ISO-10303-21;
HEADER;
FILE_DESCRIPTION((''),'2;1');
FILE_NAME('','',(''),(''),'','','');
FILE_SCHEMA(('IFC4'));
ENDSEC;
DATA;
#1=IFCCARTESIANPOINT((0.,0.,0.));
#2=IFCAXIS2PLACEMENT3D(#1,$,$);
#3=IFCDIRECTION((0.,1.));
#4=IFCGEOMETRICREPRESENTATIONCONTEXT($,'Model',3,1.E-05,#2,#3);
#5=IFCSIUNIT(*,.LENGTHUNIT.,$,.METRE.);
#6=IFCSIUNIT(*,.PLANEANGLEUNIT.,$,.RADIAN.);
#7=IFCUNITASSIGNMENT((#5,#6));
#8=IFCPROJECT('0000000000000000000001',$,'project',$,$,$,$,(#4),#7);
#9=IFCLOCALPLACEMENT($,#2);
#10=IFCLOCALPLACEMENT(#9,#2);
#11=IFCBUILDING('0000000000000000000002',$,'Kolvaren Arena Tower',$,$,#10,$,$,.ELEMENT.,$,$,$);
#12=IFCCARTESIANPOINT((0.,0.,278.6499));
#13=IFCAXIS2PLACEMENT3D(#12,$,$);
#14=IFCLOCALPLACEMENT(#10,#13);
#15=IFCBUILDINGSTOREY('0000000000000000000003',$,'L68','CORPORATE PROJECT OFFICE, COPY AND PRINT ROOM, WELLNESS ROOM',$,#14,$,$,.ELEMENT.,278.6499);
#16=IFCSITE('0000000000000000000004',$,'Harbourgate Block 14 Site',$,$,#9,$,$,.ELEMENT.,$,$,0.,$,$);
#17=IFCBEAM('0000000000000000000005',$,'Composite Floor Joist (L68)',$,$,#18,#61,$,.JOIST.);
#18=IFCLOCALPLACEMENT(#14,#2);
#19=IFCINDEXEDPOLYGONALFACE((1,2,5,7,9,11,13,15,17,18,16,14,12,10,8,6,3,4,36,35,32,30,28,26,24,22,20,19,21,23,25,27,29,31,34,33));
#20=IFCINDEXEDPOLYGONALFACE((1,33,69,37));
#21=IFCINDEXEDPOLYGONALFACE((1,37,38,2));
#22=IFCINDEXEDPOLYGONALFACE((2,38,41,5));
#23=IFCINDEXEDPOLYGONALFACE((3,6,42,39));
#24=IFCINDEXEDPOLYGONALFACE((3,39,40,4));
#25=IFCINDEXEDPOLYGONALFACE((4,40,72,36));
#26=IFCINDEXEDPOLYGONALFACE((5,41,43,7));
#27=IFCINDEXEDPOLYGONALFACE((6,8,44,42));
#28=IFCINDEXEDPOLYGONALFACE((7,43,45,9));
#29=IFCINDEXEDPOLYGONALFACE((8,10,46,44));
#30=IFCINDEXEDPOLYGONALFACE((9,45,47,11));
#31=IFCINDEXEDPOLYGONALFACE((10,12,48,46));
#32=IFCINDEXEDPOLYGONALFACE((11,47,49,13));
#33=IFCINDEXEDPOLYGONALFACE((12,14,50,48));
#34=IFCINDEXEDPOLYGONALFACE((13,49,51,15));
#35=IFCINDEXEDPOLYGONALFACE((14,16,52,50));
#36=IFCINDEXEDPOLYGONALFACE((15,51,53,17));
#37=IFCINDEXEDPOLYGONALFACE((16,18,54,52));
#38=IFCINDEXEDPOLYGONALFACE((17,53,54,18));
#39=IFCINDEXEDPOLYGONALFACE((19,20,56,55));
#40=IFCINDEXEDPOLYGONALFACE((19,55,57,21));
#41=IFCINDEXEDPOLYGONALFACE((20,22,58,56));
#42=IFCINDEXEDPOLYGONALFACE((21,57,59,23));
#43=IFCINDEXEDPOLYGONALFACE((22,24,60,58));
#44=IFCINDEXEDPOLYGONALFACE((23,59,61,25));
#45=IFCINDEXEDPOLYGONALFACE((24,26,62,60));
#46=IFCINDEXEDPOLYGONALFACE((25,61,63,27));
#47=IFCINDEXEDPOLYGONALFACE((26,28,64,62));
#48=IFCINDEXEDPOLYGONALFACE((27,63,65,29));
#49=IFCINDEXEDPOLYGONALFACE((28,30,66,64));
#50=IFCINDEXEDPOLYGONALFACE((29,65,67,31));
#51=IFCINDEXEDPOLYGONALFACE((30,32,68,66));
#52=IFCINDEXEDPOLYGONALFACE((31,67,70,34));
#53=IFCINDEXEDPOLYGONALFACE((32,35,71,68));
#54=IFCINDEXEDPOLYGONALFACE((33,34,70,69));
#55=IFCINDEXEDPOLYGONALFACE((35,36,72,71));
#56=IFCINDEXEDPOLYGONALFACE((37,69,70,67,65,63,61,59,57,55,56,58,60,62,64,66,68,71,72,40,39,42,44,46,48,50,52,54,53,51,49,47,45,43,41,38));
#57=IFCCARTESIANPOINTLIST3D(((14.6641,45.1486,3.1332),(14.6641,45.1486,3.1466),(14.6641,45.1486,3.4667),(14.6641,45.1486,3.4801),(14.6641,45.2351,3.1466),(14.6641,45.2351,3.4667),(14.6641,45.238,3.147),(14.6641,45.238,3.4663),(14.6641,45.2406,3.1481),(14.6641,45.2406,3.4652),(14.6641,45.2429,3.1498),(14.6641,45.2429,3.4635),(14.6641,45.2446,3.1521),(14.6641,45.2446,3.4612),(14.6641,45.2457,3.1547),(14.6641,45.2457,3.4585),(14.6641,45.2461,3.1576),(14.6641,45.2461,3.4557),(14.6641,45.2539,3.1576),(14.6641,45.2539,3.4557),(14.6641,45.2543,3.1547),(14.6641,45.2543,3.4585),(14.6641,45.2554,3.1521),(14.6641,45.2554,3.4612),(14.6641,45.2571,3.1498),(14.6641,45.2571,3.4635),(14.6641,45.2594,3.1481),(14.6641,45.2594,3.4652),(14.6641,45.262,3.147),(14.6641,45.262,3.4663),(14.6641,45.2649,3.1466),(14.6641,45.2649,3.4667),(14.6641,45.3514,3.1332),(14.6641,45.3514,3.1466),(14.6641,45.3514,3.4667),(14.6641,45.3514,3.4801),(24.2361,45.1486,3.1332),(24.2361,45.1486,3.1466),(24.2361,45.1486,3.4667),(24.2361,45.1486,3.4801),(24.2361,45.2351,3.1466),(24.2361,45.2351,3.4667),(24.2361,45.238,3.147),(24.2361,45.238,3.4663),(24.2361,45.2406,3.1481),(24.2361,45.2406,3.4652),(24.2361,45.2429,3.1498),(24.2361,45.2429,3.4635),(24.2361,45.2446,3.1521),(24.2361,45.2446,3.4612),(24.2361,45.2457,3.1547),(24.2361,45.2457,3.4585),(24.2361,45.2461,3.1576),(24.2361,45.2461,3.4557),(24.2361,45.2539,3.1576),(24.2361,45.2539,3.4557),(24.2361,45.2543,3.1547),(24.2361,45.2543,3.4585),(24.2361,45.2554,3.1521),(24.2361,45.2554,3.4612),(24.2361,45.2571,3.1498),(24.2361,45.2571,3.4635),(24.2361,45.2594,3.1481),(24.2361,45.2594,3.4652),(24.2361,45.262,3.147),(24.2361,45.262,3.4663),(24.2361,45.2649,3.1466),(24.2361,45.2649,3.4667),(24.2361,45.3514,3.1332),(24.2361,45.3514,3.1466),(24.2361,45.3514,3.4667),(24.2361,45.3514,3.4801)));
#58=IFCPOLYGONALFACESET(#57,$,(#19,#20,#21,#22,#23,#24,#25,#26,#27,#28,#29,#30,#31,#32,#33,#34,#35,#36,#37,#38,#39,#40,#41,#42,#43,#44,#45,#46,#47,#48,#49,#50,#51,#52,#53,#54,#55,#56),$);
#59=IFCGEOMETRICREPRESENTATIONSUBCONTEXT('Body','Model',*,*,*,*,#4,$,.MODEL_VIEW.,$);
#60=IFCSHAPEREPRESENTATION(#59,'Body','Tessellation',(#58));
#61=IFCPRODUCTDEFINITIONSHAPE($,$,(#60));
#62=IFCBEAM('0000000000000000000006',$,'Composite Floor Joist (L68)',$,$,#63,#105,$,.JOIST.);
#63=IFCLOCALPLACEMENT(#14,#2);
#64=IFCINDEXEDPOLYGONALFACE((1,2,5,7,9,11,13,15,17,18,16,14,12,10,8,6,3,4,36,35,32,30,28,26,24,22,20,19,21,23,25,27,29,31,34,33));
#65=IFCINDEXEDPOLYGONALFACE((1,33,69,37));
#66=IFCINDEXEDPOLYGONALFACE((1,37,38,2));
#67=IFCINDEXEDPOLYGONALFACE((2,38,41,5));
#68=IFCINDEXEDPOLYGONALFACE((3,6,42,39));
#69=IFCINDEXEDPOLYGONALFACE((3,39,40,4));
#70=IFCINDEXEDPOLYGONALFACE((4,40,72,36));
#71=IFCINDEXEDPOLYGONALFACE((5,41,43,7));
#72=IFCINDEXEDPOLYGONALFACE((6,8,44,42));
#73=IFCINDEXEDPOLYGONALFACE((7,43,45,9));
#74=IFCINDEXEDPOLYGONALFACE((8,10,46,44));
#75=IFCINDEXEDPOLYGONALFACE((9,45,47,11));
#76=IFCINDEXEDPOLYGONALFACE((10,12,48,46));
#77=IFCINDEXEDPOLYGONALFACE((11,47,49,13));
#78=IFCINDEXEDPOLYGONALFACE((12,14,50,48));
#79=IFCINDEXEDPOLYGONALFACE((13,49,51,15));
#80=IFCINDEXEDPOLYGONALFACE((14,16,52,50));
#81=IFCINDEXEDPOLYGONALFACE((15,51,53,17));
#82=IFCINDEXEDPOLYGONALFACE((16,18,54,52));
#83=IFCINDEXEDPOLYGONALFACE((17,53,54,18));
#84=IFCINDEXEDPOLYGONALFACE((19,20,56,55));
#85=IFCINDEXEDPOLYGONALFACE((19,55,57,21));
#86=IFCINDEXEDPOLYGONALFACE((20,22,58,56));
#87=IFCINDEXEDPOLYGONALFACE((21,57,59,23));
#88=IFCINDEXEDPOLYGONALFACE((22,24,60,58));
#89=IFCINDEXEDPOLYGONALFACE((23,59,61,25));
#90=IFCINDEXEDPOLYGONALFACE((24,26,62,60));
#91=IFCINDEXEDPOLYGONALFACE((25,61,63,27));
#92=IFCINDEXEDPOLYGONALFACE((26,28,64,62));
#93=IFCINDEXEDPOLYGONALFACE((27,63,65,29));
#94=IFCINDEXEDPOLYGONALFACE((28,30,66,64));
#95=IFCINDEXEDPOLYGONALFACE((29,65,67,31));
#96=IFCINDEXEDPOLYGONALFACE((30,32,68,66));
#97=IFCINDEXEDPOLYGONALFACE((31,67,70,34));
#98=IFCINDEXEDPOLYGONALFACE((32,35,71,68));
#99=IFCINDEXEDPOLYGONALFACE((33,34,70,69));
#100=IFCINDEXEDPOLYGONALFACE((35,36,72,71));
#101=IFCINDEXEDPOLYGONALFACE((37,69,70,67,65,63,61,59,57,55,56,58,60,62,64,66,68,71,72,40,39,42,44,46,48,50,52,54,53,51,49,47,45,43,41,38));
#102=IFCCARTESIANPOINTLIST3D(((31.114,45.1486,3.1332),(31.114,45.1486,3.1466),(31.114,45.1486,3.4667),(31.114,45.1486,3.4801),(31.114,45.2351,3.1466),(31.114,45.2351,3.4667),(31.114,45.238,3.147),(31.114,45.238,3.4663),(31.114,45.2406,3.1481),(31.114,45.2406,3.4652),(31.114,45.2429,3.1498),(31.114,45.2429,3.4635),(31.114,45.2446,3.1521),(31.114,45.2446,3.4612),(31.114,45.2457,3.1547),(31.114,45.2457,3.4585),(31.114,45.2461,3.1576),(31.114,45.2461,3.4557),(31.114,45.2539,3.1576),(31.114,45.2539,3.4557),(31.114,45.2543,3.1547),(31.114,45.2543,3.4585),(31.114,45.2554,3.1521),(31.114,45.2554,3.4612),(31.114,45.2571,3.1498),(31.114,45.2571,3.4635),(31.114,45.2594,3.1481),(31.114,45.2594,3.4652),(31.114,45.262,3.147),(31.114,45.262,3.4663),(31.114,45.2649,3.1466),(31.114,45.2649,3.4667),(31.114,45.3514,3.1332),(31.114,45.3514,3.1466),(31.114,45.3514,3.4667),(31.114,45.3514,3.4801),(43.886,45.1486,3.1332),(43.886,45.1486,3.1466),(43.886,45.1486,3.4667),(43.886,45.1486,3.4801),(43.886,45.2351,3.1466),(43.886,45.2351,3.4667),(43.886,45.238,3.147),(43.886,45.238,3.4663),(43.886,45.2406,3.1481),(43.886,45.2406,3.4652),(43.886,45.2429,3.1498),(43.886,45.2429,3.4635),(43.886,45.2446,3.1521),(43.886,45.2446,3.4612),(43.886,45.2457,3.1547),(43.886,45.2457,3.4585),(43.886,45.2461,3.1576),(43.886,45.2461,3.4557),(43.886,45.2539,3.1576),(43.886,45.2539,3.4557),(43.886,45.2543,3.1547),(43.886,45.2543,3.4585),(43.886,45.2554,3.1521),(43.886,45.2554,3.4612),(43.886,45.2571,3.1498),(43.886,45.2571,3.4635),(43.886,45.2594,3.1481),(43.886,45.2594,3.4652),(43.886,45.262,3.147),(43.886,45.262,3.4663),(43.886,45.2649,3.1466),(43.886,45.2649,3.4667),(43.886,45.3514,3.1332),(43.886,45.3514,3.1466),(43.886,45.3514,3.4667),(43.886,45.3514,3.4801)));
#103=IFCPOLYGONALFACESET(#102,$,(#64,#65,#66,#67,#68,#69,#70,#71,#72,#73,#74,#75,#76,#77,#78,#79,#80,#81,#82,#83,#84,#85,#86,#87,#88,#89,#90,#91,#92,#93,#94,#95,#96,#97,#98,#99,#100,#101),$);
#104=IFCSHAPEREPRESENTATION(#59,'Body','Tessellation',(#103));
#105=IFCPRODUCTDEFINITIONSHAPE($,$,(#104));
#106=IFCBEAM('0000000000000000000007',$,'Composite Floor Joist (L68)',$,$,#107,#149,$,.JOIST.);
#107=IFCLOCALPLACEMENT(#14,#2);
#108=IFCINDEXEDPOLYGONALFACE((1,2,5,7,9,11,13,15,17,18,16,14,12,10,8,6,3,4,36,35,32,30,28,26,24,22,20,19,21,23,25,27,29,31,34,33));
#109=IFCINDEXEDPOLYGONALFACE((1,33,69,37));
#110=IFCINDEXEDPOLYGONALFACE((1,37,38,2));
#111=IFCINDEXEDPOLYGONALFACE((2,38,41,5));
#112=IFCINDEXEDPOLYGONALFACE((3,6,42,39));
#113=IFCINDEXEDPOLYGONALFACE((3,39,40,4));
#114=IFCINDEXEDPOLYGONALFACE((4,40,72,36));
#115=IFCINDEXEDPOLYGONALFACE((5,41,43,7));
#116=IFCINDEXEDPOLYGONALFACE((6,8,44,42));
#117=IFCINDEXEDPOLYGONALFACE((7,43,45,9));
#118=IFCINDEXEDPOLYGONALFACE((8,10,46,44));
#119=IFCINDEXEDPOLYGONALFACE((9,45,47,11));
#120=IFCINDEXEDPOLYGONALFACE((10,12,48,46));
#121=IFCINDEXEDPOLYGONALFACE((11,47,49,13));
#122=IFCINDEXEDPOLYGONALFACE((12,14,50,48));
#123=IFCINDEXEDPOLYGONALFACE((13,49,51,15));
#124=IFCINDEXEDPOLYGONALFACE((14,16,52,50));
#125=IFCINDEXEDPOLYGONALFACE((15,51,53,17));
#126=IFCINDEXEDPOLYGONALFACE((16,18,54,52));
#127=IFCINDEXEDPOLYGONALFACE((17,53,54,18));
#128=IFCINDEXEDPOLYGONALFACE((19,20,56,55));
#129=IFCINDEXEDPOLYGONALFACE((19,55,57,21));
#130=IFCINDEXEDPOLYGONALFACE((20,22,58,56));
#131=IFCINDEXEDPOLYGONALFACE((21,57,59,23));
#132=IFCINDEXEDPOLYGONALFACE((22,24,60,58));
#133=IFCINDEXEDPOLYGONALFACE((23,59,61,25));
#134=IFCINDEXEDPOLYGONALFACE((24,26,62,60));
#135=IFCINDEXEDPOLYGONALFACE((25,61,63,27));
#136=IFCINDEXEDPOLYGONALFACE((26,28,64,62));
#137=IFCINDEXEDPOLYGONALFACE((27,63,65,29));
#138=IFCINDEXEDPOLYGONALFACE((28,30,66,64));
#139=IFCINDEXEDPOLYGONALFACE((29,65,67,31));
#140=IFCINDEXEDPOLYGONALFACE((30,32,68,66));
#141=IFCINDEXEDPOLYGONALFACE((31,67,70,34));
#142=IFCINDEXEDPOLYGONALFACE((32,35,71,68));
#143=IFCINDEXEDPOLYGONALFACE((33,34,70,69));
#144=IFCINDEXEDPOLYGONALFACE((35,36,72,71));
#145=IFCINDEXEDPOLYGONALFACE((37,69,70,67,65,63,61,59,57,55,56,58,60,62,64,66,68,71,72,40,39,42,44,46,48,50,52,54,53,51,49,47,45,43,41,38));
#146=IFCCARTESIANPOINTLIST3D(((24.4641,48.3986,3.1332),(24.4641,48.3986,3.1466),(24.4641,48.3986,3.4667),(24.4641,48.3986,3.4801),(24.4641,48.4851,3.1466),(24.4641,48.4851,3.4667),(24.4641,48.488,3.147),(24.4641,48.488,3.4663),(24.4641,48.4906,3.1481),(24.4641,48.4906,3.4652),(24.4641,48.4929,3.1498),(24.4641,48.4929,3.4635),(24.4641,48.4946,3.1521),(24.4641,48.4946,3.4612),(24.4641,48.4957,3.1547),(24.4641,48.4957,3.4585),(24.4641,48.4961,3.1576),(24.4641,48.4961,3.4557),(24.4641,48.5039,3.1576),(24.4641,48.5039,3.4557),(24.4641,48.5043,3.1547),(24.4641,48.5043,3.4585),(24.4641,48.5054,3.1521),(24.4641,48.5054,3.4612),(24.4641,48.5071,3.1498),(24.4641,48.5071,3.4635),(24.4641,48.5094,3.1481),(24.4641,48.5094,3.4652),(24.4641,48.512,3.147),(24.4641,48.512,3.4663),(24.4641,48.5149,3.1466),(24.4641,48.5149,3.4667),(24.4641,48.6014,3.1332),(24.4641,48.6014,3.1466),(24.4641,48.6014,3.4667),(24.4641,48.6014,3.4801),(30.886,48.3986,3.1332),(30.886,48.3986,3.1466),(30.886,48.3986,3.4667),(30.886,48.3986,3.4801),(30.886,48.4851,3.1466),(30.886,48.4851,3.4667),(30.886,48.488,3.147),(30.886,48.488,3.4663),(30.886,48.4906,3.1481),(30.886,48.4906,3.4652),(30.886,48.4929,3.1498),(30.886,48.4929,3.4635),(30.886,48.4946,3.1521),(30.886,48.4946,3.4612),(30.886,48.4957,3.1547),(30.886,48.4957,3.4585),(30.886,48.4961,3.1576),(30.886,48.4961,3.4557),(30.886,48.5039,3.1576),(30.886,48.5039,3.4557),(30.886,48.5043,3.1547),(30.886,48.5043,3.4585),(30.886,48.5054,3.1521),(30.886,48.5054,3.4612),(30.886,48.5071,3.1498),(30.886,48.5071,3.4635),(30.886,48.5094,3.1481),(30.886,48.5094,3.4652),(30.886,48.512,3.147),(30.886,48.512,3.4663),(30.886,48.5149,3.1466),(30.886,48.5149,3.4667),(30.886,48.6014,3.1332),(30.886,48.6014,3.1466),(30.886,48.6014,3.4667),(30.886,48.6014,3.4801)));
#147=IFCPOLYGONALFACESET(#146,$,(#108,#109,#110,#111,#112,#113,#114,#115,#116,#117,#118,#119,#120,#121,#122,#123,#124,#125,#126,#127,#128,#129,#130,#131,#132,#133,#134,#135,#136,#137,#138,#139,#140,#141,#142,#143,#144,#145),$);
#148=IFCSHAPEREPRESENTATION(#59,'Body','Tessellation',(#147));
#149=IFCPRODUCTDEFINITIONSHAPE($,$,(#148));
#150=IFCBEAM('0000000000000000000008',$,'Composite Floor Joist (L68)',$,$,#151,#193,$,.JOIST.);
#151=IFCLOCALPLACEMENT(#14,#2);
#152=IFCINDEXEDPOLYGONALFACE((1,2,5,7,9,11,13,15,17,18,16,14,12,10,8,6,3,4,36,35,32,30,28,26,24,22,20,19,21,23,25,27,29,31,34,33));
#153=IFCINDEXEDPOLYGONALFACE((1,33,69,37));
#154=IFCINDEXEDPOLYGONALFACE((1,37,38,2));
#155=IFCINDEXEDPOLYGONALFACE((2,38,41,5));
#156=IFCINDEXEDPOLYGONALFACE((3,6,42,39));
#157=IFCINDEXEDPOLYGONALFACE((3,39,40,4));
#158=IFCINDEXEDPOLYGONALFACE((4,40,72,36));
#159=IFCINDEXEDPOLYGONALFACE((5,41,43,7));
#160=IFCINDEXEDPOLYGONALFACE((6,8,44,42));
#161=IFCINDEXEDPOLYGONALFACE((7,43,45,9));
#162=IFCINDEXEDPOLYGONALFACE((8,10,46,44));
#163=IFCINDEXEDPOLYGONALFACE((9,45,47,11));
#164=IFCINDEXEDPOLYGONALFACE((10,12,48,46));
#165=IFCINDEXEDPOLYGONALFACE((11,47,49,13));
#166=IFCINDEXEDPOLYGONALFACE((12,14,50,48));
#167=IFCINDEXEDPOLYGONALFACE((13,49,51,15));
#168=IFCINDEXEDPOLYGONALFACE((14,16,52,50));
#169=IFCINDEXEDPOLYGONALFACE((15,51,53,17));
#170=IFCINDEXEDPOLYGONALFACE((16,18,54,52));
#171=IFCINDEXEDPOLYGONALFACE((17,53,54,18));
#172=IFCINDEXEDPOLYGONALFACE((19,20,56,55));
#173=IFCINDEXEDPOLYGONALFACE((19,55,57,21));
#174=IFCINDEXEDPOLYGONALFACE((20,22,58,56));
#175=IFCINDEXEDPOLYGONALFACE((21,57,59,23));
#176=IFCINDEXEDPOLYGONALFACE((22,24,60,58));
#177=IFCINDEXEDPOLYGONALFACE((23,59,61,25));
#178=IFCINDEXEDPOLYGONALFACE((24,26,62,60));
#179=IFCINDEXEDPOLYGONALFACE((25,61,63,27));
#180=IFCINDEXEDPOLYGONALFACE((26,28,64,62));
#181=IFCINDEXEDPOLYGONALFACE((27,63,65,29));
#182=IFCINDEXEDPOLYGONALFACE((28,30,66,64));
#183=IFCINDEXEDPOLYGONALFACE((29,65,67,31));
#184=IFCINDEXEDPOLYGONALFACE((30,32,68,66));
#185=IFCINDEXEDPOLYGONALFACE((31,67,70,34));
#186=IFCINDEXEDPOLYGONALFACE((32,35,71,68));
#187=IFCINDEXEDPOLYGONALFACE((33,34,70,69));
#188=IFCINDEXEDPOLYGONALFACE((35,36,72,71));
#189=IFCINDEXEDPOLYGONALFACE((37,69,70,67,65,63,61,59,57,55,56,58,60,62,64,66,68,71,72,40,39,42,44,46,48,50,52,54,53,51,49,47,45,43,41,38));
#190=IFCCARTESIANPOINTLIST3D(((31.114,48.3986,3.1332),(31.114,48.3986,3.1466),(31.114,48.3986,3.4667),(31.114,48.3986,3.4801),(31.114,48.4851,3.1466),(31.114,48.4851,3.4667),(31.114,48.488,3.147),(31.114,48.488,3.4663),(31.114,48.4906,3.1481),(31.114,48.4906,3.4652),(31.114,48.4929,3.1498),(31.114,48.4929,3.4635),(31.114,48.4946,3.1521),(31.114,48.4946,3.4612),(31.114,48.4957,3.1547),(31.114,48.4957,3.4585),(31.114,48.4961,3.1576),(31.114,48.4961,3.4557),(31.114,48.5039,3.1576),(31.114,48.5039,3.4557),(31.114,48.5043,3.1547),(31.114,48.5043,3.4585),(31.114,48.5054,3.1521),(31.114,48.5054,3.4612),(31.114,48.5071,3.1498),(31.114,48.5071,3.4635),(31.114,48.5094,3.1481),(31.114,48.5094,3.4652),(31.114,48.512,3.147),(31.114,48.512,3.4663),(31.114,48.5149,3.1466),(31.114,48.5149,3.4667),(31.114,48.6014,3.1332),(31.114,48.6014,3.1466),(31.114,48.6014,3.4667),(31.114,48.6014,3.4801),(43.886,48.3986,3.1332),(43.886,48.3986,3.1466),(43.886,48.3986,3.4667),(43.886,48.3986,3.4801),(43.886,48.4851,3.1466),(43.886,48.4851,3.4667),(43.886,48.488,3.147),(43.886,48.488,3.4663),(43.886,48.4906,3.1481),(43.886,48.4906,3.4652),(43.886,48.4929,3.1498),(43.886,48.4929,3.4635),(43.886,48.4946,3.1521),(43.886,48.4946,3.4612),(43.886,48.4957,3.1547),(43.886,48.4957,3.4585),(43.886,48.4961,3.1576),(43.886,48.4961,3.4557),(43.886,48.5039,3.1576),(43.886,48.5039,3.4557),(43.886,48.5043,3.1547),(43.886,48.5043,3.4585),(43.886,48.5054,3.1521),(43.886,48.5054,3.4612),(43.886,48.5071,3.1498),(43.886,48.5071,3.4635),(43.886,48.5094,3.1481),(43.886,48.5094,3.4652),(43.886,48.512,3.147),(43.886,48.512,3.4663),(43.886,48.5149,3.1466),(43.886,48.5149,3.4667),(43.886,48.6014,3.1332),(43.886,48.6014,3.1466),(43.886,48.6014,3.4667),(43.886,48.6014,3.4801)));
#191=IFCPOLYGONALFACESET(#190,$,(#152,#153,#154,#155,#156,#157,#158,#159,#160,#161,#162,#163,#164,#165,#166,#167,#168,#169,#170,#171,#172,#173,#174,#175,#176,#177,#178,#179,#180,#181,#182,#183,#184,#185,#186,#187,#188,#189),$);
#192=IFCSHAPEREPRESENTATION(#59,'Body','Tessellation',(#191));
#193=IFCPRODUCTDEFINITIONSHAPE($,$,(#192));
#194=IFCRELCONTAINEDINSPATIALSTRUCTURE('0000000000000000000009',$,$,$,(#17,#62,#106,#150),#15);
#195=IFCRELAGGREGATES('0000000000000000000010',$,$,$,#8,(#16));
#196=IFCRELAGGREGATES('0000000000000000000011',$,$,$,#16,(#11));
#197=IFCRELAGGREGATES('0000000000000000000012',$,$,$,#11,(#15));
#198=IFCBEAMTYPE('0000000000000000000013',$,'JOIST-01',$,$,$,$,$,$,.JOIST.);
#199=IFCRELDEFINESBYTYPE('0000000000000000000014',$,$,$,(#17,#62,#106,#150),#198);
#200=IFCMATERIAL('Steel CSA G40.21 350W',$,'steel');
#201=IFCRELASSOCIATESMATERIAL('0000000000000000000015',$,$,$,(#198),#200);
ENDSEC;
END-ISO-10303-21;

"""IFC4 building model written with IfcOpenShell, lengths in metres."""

from ifc_helpers import new_model, si_unit, direction, frame, origin, origin_2d, place, context, subcontext, project, spatial, i_section, extrude, material, material_profile, profile_set, type_object, element, save


model = new_model("IFC4")

# Units and contexts
model_context = context("Model", 3, precision=1e-05, world=origin(), true_north=direction((0.0, 1.0)))
body_context = subcontext(model_context, "Body", "Model", "MODEL_VIEW")
ifc_project = project(units=[si_unit("LENGTHUNIT", "METRE"), si_unit("PLANEANGLEUNIT", "RADIAN")], contexts=[model_context])

# Site, building, storey
site_placement = place(None, origin())
site = spatial("IfcSite", under=ifc_project, at=site_placement, Name="Harbourgate Block 14 Site", CompositionType="ELEMENT", RefElevation=0.0)
building_placement = place(site_placement, origin())
building = spatial("IfcBuilding", under=site, at=building_placement, Name="Kolvaren Arena Tower", CompositionType="ELEMENT")
storey_placement = place(building_placement, frame((0.0, 0.0, 278.6499)))
storey = spatial("IfcBuildingStorey", under=building, at=storey_placement, Name="L68", Description="CORPORATE PROJECT OFFICE, COPY AND PRINT ROOM, WELLNESS ROOM", CompositionType="ELEMENT", Elevation=278.6499)

# Beams
ifc_material_1 = material(Name="Steel CSA G40.21 350W", Category="steel")
ifc_material_profile_1 = material_profile(ifc_material_1, i_section(OverallWidth=0.2029, OverallDepth=0.3469, WebThickness=0.0078, FlangeThickness=0.0134, FilletRadius=0.011, at=origin_2d()), Name="W360x64")
ifc_profile_set_1 = profile_set([ifc_material_profile_1], Name="Steel CSA G40.21 350W")
beam_type_1 = type_object("IfcBeamType", Name="JOIST-01", PredefinedType="JOIST", material=ifc_profile_set_1)
beam_1_placement = place(storey_placement, frame((14.6641, 45.25, 3.3066), z_axis=(1.0, 0.0, 0.0), x_axis=(0.0, 1.0, 0.0)))
element("IfcBeam", 1, at=beam_1_placement, inside=storey, type_object=beam_type_1, Name="Composite Floor Joist (L68)", PredefinedType="JOIST", context=body_context, shape_type="SweptSolid", body=[
    extrude(i_section(OverallWidth=0.2029, OverallDepth=0.3469, WebThickness=0.0078, FlangeThickness=0.0134, FilletRadius=0.011, at=origin_2d()), origin(), (0.0, 0.0, 1.0), 9.572),
])
beam_2_placement = place(storey_placement, frame((31.114, 45.25, 3.3066), z_axis=(1.0, 0.0, 0.0), x_axis=(0.0, 1.0, 0.0)))
element("IfcBeam", 2, at=beam_2_placement, inside=storey, type_object=beam_type_1, Name="Composite Floor Joist (L68)", PredefinedType="JOIST", context=body_context, shape_type="SweptSolid", body=[
    extrude(i_section(OverallWidth=0.2029, OverallDepth=0.3469, WebThickness=0.0078, FlangeThickness=0.0134, FilletRadius=0.011, at=origin_2d()), origin(), (0.0, 0.0, 1.0), 12.772),
])
beam_3_placement = place(storey_placement, frame((24.4641, 48.5, 3.3066), z_axis=(1.0, 0.0, 0.0), x_axis=(0.0, 1.0, 0.0)))
element("IfcBeam", 3, at=beam_3_placement, inside=storey, type_object=beam_type_1, Name="Composite Floor Joist (L68)", PredefinedType="JOIST", context=body_context, shape_type="SweptSolid", body=[
    extrude(i_section(OverallWidth=0.2029, OverallDepth=0.3469, WebThickness=0.0078, FlangeThickness=0.0134, FilletRadius=0.011, at=origin_2d()), origin(), (0.0, 0.0, 1.0), 6.4219),
])
beam_4_placement = place(storey_placement, frame((31.114, 48.5, 3.3066), z_axis=(1.0, 0.0, 0.0), x_axis=(0.0, 1.0, 0.0)))
element("IfcBeam", 4, at=beam_4_placement, inside=storey, type_object=beam_type_1, Name="Composite Floor Joist (L68)", PredefinedType="JOIST", context=body_context, shape_type="SweptSolid", body=[
    extrude(i_section(OverallWidth=0.2029, OverallDepth=0.3469, WebThickness=0.0078, FlangeThickness=0.0134, FilletRadius=0.011, at=origin_2d()), origin(), (0.0, 0.0, 1.0), 12.772),
])

save(model, "model.ifc")
